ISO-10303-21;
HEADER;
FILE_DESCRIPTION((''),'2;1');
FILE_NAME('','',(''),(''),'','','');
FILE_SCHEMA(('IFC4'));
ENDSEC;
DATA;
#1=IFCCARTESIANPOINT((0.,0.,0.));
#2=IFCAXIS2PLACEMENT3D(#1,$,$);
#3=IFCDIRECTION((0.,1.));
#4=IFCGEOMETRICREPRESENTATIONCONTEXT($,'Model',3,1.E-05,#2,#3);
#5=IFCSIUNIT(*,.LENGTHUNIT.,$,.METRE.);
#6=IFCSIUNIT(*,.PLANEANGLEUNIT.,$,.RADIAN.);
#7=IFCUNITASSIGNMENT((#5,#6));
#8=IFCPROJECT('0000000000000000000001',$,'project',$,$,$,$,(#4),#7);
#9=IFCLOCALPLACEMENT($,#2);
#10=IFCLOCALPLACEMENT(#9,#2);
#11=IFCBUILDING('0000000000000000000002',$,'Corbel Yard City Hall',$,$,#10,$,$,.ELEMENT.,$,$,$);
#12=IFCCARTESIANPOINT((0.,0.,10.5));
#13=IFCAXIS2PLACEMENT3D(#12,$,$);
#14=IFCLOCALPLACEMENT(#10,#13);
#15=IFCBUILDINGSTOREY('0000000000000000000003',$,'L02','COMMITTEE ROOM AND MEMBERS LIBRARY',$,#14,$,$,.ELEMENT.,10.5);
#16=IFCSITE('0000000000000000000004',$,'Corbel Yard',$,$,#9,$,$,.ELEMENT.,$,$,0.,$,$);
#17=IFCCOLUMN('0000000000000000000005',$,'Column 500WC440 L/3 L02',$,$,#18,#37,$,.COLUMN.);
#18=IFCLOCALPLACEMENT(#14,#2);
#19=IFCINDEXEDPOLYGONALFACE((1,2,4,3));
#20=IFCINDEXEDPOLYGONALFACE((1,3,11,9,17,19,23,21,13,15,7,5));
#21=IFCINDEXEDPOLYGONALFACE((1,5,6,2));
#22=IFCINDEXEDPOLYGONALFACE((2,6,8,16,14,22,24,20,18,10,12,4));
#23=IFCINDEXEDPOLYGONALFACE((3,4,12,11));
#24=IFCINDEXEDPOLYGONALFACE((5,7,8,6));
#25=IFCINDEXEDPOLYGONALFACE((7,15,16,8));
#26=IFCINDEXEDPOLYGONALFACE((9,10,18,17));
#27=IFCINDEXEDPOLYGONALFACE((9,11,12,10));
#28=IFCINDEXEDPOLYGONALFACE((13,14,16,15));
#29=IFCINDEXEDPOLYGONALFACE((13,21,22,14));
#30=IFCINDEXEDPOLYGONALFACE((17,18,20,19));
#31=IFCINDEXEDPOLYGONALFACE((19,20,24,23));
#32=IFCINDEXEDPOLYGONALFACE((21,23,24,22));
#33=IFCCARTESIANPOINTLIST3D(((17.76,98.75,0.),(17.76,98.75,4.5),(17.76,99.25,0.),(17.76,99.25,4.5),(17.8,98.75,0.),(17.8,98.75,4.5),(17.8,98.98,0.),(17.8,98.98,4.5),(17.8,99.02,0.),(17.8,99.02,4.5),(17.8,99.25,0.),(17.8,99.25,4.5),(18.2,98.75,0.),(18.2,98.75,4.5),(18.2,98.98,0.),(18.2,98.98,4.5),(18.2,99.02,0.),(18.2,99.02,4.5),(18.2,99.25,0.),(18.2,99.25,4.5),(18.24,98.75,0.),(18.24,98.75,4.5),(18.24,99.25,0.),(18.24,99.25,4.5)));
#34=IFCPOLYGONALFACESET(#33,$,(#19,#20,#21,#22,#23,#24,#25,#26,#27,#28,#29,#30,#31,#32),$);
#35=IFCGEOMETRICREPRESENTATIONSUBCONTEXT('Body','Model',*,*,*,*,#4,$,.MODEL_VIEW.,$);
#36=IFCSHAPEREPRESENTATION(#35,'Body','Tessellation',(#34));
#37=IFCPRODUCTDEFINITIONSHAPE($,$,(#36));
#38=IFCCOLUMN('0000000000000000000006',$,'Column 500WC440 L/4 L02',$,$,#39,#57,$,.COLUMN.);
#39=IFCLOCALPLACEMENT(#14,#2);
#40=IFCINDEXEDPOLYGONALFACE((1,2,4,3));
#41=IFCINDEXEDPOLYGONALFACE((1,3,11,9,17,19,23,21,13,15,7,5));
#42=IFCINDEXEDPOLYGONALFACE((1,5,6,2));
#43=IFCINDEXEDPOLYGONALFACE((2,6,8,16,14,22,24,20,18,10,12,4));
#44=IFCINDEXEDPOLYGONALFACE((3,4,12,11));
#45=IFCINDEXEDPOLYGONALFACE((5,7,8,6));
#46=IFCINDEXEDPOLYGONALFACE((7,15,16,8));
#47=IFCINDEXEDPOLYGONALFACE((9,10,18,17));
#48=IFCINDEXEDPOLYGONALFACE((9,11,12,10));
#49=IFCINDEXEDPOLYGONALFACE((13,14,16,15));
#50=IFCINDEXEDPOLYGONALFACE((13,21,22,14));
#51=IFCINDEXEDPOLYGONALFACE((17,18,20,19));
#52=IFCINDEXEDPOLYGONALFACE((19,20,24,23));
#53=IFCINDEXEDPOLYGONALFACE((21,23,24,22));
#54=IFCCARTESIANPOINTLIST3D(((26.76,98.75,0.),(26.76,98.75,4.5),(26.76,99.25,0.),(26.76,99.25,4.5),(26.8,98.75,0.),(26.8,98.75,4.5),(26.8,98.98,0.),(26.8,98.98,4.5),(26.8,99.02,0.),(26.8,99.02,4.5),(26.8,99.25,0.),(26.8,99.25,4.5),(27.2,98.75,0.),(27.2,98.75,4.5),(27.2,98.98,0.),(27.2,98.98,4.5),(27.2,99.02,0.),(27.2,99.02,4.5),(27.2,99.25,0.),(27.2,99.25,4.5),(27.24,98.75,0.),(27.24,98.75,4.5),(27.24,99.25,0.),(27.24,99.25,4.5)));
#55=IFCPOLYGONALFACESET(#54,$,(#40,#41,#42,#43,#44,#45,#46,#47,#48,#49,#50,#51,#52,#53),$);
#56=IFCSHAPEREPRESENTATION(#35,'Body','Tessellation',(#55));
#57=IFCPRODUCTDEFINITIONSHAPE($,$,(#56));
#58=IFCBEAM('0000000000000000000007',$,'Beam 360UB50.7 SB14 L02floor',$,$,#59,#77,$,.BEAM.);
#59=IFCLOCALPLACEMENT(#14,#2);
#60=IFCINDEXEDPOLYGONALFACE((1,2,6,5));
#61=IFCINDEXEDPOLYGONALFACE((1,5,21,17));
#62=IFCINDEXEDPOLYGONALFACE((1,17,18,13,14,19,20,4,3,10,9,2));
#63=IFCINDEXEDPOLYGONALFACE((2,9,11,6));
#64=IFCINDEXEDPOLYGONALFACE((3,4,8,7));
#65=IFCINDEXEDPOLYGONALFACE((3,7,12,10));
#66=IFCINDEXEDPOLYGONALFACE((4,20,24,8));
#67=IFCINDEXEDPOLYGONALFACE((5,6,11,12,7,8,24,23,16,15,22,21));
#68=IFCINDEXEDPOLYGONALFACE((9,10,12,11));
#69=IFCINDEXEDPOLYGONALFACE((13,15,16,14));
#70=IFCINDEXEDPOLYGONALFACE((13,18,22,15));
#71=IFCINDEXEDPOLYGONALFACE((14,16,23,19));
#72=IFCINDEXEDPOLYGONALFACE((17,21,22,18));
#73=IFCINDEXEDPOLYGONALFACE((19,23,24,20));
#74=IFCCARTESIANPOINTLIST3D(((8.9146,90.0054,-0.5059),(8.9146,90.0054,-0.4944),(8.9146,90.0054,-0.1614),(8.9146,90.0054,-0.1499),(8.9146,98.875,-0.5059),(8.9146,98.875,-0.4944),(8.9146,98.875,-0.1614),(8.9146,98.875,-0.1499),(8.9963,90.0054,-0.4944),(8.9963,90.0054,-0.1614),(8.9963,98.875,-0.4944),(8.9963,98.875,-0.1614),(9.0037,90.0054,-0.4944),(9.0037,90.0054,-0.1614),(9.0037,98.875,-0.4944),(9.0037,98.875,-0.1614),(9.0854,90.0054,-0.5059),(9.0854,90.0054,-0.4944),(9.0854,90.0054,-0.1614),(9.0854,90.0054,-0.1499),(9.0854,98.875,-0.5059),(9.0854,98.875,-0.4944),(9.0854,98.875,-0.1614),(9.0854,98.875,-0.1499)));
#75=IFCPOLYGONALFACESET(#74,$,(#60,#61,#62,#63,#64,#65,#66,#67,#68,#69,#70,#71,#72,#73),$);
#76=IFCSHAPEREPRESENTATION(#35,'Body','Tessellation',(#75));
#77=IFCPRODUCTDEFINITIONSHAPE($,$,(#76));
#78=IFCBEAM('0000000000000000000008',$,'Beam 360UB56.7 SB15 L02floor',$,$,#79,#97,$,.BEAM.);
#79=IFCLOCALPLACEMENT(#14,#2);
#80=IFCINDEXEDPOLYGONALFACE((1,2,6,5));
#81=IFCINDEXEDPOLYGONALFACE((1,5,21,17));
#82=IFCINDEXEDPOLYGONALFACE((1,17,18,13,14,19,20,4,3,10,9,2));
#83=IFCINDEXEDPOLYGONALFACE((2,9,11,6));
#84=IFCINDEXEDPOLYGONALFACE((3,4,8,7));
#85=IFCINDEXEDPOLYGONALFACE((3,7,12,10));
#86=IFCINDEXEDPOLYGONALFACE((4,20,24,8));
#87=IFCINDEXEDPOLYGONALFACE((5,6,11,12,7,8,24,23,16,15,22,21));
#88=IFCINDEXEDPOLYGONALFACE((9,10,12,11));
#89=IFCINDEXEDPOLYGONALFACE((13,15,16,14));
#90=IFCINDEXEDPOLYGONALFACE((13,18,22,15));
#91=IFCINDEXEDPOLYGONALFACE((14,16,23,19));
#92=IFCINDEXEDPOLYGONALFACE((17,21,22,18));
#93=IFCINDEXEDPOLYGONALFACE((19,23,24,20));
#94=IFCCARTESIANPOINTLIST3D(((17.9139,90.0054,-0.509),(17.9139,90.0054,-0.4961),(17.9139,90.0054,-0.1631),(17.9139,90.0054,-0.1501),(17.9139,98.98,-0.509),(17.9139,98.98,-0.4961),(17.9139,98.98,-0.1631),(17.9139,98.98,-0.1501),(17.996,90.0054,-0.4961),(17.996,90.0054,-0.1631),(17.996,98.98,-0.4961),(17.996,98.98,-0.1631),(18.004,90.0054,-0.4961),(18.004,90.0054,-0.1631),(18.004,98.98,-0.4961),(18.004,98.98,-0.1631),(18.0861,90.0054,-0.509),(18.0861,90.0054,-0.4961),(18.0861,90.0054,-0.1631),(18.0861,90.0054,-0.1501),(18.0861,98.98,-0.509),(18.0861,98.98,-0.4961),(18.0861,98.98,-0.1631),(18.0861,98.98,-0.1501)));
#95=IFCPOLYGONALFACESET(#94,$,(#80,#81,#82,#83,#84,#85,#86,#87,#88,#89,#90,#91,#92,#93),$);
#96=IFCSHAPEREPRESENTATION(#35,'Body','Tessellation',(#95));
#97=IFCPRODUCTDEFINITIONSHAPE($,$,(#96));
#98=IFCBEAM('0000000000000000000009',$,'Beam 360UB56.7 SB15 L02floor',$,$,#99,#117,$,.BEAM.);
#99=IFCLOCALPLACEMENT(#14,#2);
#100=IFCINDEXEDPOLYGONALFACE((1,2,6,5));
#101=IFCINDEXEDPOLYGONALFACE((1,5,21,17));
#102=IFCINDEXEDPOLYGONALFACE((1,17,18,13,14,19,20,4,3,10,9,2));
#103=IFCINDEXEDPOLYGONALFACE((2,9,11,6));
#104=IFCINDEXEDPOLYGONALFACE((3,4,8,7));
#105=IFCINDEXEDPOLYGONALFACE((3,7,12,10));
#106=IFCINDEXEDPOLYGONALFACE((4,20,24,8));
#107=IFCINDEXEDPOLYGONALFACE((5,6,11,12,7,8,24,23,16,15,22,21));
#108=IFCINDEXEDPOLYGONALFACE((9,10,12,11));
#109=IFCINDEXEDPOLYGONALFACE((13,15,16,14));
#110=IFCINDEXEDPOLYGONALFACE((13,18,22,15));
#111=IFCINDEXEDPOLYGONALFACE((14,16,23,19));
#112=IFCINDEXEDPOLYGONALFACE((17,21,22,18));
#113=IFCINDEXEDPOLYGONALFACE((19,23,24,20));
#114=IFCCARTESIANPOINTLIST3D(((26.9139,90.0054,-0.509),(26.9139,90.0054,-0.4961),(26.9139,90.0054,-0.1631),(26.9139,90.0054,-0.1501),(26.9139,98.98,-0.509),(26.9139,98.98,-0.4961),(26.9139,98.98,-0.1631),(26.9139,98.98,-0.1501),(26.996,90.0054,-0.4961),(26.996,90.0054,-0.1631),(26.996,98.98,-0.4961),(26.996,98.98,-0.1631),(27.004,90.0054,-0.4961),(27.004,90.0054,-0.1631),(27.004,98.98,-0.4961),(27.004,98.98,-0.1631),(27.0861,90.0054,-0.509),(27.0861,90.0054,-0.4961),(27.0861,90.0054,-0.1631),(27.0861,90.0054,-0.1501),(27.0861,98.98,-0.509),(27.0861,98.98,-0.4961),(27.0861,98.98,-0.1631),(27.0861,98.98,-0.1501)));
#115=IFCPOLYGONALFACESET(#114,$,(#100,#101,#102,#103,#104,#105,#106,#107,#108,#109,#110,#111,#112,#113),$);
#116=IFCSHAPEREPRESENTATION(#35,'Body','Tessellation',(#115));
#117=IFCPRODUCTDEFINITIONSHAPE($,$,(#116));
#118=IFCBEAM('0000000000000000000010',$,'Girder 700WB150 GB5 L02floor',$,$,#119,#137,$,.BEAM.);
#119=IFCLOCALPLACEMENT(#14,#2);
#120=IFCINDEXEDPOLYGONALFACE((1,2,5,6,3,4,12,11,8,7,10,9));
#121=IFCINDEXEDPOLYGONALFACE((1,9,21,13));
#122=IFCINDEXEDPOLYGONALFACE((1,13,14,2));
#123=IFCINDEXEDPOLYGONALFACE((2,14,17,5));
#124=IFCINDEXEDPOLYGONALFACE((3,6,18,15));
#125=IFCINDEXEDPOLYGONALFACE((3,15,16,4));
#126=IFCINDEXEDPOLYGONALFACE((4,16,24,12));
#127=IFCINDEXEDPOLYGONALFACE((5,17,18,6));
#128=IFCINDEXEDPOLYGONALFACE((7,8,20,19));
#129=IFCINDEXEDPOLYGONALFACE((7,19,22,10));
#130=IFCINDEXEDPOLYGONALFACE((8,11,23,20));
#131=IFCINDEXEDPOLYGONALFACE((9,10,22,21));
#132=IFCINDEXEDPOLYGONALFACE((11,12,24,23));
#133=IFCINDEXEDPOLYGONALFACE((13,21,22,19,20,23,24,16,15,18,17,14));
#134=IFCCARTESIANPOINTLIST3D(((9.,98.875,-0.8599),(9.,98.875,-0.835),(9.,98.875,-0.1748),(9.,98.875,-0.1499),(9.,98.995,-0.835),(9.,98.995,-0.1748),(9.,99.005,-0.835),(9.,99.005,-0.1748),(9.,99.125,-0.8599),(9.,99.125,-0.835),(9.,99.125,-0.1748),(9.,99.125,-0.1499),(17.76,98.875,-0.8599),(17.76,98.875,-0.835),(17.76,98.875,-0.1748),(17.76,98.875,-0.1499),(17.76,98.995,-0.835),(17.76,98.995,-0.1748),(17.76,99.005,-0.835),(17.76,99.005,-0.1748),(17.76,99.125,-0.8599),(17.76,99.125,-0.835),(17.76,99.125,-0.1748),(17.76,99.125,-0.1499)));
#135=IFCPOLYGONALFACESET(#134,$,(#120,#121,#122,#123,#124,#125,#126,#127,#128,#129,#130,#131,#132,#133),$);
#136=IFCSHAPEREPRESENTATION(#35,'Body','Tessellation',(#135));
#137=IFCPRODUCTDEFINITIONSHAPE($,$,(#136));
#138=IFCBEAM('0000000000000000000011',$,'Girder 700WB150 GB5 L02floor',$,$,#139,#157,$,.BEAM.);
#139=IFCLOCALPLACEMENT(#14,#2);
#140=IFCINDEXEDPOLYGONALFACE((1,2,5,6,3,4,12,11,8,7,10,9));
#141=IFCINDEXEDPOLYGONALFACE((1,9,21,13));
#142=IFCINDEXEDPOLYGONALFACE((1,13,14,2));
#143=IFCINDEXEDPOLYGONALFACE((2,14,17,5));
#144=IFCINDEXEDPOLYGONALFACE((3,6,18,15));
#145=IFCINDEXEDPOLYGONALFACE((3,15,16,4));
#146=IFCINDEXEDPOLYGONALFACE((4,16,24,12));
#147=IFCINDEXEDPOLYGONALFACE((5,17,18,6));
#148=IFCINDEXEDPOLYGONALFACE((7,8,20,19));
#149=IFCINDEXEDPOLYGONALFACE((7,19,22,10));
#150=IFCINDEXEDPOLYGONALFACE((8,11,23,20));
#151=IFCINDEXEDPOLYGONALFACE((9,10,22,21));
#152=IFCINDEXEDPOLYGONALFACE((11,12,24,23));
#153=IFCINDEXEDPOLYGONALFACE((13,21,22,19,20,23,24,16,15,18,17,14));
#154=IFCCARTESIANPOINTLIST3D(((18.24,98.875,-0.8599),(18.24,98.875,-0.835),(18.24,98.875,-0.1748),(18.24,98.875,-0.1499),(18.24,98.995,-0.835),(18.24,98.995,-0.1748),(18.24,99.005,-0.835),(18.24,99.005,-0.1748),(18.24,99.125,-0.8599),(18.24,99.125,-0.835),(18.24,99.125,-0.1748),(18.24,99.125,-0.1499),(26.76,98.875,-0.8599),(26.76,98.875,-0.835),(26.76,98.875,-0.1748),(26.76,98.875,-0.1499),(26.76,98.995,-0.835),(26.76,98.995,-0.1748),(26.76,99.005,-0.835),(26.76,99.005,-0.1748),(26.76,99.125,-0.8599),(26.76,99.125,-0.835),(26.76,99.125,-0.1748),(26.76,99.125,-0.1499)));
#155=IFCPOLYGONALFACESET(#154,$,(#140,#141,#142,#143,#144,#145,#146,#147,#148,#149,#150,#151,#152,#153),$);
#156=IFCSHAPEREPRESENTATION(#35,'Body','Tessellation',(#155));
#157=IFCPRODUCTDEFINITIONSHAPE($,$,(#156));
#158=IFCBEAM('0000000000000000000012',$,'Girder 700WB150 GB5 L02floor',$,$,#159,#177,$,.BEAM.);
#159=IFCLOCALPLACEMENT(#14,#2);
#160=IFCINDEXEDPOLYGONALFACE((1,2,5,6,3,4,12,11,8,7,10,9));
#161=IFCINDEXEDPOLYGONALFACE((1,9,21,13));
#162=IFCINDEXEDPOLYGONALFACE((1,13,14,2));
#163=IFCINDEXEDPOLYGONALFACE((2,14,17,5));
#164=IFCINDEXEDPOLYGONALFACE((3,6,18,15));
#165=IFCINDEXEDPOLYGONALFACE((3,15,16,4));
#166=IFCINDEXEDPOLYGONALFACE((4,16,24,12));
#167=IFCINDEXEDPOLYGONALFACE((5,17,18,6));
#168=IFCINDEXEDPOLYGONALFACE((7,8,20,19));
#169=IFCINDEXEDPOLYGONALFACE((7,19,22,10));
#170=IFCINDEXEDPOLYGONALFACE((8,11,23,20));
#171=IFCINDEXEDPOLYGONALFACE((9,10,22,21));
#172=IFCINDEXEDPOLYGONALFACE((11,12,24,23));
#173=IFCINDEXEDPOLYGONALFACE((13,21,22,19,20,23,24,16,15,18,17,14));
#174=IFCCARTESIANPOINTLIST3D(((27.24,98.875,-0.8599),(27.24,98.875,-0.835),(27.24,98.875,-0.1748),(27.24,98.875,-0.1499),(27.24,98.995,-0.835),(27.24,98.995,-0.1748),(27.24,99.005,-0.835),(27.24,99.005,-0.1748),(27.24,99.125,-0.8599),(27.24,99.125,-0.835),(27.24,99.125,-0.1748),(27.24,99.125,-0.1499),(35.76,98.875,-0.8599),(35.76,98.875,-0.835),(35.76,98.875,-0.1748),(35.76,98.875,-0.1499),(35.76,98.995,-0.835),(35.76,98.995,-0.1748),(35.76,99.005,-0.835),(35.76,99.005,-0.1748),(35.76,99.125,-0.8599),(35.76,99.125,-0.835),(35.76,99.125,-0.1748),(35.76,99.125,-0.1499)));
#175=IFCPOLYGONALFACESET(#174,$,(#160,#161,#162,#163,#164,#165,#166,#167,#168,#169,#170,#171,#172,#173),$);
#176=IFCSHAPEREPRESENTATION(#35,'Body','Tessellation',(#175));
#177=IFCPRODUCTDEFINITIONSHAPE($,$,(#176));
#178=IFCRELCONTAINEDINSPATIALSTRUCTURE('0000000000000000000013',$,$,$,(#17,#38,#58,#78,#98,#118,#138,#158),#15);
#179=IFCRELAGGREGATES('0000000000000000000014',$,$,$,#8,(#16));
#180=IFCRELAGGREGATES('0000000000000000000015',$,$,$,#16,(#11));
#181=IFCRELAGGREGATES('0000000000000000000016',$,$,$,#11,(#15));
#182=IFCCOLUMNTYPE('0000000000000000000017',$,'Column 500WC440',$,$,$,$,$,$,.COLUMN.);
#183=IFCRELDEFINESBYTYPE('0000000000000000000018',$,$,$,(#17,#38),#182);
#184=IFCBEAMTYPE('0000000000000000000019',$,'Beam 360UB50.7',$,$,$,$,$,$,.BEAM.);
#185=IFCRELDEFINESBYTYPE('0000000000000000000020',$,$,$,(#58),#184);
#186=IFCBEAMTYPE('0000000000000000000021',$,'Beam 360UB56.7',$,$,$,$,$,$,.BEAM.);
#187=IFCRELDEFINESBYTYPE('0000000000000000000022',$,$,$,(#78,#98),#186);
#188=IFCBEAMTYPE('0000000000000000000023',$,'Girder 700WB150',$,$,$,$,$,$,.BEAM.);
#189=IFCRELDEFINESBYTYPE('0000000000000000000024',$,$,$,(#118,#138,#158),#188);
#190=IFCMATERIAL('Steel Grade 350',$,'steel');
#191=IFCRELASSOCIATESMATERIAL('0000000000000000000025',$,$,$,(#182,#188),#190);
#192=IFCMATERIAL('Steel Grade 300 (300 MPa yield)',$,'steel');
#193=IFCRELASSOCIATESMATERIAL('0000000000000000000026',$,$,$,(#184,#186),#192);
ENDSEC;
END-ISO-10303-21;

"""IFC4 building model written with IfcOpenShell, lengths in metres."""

from ifc_helpers import new_model, si_unit, direction, frame, origin, origin_2d, place, context, subcontext, project, spatial, i_section, extrude, material, material_profile, profile_set, type_object, element, save


model = new_model("IFC4")

# Units and contexts
model_context = context("Model", 3, precision=1e-05, world=origin(), true_north=direction((0.0, 1.0)))
body_context = subcontext(model_context, "Body", "Model", "MODEL_VIEW")
ifc_project = project(units=[si_unit("LENGTHUNIT", "METRE"), si_unit("PLANEANGLEUNIT", "RADIAN")], contexts=[model_context])

# Site, building, storey
site_placement = place(None, origin())
site = spatial("IfcSite", under=ifc_project, at=site_placement, Name="Corbel Yard", CompositionType="ELEMENT", RefElevation=0.0)
building_placement = place(site_placement, origin())
building = spatial("IfcBuilding", under=site, at=building_placement, Name="Corbel Yard City Hall", CompositionType="ELEMENT")
storey_placement = place(building_placement, frame((0.0, 0.0, 10.5)))
storey = spatial("IfcBuildingStorey", under=building, at=storey_placement, Name="L02", Description="COMMITTEE ROOM AND MEMBERS LIBRARY", CompositionType="ELEMENT", Elevation=10.5)

# Columns
ifc_material_1 = material(Name="Steel Grade 350", Category="steel")
ifc_material_profile_1 = material_profile(ifc_material_1, i_section(OverallWidth=0.5, OverallDepth=0.48, WebThickness=0.04, FlangeThickness=0.04, at=origin_2d()), Name="500WC440")
ifc_profile_set_1 = profile_set([ifc_material_profile_1], Name="Steel Grade 350")
column_type = type_object("IfcColumnType", Name="Column 500WC440", PredefinedType="COLUMN", material=ifc_profile_set_1)
for number, where, z_axis, x_axis, name in (
    (1, (18.0, 99.0, 0.0), (0.0, 0.0, 1.0), (0.0, 1.0, 0.0), "Column 500WC440 L/3 L02"),
    (2, (27.0, 99.0, 0.0), (0.0, 0.0, 1.0), (0.0, 1.0, 0.0), "Column 500WC440 L/4 L02"),
):
    element("IfcColumn", number, at=place(storey_placement, frame(where, z_axis=z_axis, x_axis=x_axis)), inside=storey, type_object=column_type, Name=name, PredefinedType="COLUMN", context=body_context, shape_type="SweptSolid", body=[
        extrude(i_section(OverallWidth=0.5, OverallDepth=0.48, WebThickness=0.04, FlangeThickness=0.04, at=origin_2d()), origin(), (0.0, 0.0, 1.0), 4.5),
    ])

# Beams
ifc_material_2 = material(Name="Steel Grade 300 (300 MPa yield)", Category="steel")
ifc_material_profile_2 = material_profile(ifc_material_2, i_section(OverallWidth=0.1709, OverallDepth=0.356, WebThickness=0.0073, FlangeThickness=0.0115, at=origin_2d()), Name="360UB50.7")
ifc_profile_set_2 = profile_set([ifc_material_profile_2], Name="Steel Grade 300 (300 MPa yield)")
beam_type_1 = type_object("IfcBeamType", Name="Beam 360UB50.7", PredefinedType="BEAM", material=ifc_profile_set_2)
beam_1_placement = place(storey_placement, frame((9.0, 90.0054, -0.3279), z_axis=(0.0, 1.0, 0.0), x_axis=(-1.0, 0.0, 0.0)))
element("IfcBeam", 3, at=beam_1_placement, inside=storey, type_object=beam_type_1, Name="Beam 360UB50.7 SB14 L02floor", PredefinedType="BEAM", context=body_context, shape_type="SweptSolid", body=[
    extrude(i_section(OverallWidth=0.1709, OverallDepth=0.356, WebThickness=0.0073, FlangeThickness=0.0115, at=origin_2d()), origin(), (0.0, 0.0, 1.0), 8.8696),
])
ifc_material_profile_3 = material_profile(ifc_material_2, i_section(OverallWidth=0.1721, OverallDepth=0.3589, WebThickness=0.0081, FlangeThickness=0.0129, at=origin_2d()), Name="360UB56.7")
ifc_profile_set_3 = profile_set([ifc_material_profile_3], Name="Steel Grade 300 (300 MPa yield)")
beam_type_2 = type_object("IfcBeamType", Name="Beam 360UB56.7", PredefinedType="BEAM", material=ifc_profile_set_3)
for number, where, z_axis, x_axis, name in (
    (4, (18.0, 90.0054, -0.3296), (0.0, 1.0, 0.0), (-1.0, 0.0, 0.0), "Beam 360UB56.7 SB15 L02floor"),
    (5, (27.0, 90.0054, -0.3296), (0.0, 1.0, 0.0), (-1.0, 0.0, 0.0), "Beam 360UB56.7 SB15 L02floor"),
):
    element("IfcBeam", number, at=place(storey_placement, frame(where, z_axis=z_axis, x_axis=x_axis)), inside=storey, type_object=beam_type_2, Name=name, PredefinedType="BEAM", context=body_context, shape_type="SweptSolid", body=[
        extrude(i_section(OverallWidth=0.1721, OverallDepth=0.3589, WebThickness=0.0081, FlangeThickness=0.0129, at=origin_2d()), origin(), (0.0, 0.0, 1.0), 8.9746),
    ])
ifc_material_profile_4 = material_profile(ifc_material_1, i_section(OverallWidth=0.25, OverallDepth=0.71, WebThickness=0.01, FlangeThickness=0.0249, at=origin_2d()), Name="700WB150")
ifc_profile_set_4 = profile_set([ifc_material_profile_4], Name="Steel Grade 350")
beam_type_3 = type_object("IfcBeamType", Name="Girder 700WB150", PredefinedType="BEAM", material=ifc_profile_set_4)
beam_2_placement = place(storey_placement, frame((9.0, 99.0, -0.5049), z_axis=(1.0, 0.0, 0.0), x_axis=(0.0, 1.0, 0.0)))
element("IfcBeam", 6, at=beam_2_placement, inside=storey, type_object=beam_type_3, Name="Girder 700WB150 GB5 L02floor", PredefinedType="BEAM", context=body_context, shape_type="SweptSolid", body=[
    extrude(i_section(OverallWidth=0.25, OverallDepth=0.71, WebThickness=0.01, FlangeThickness=0.0249, at=origin_2d()), origin(), (0.0, 0.0, 1.0), 8.76),
])
for number, where, z_axis, x_axis, name in (
    (7, (18.24, 99.0, -0.5049), (1.0, 0.0, 0.0), (0.0, 1.0, 0.0), "Girder 700WB150 GB5 L02floor"),
    (8, (27.24, 99.0, -0.5049), (1.0, 0.0, 0.0), (0.0, 1.0, 0.0), "Girder 700WB150 GB5 L02floor"),
):
    element("IfcBeam", number, at=place(storey_placement, frame(where, z_axis=z_axis, x_axis=x_axis)), inside=storey, type_object=beam_type_3, Name=name, PredefinedType="BEAM", context=body_context, shape_type="SweptSolid", body=[
        extrude(i_section(OverallWidth=0.25, OverallDepth=0.71, WebThickness=0.01, FlangeThickness=0.0249, at=origin_2d()), origin(), (0.0, 0.0, 1.0), 8.52),
    ])

save(model, "model.ifc")
